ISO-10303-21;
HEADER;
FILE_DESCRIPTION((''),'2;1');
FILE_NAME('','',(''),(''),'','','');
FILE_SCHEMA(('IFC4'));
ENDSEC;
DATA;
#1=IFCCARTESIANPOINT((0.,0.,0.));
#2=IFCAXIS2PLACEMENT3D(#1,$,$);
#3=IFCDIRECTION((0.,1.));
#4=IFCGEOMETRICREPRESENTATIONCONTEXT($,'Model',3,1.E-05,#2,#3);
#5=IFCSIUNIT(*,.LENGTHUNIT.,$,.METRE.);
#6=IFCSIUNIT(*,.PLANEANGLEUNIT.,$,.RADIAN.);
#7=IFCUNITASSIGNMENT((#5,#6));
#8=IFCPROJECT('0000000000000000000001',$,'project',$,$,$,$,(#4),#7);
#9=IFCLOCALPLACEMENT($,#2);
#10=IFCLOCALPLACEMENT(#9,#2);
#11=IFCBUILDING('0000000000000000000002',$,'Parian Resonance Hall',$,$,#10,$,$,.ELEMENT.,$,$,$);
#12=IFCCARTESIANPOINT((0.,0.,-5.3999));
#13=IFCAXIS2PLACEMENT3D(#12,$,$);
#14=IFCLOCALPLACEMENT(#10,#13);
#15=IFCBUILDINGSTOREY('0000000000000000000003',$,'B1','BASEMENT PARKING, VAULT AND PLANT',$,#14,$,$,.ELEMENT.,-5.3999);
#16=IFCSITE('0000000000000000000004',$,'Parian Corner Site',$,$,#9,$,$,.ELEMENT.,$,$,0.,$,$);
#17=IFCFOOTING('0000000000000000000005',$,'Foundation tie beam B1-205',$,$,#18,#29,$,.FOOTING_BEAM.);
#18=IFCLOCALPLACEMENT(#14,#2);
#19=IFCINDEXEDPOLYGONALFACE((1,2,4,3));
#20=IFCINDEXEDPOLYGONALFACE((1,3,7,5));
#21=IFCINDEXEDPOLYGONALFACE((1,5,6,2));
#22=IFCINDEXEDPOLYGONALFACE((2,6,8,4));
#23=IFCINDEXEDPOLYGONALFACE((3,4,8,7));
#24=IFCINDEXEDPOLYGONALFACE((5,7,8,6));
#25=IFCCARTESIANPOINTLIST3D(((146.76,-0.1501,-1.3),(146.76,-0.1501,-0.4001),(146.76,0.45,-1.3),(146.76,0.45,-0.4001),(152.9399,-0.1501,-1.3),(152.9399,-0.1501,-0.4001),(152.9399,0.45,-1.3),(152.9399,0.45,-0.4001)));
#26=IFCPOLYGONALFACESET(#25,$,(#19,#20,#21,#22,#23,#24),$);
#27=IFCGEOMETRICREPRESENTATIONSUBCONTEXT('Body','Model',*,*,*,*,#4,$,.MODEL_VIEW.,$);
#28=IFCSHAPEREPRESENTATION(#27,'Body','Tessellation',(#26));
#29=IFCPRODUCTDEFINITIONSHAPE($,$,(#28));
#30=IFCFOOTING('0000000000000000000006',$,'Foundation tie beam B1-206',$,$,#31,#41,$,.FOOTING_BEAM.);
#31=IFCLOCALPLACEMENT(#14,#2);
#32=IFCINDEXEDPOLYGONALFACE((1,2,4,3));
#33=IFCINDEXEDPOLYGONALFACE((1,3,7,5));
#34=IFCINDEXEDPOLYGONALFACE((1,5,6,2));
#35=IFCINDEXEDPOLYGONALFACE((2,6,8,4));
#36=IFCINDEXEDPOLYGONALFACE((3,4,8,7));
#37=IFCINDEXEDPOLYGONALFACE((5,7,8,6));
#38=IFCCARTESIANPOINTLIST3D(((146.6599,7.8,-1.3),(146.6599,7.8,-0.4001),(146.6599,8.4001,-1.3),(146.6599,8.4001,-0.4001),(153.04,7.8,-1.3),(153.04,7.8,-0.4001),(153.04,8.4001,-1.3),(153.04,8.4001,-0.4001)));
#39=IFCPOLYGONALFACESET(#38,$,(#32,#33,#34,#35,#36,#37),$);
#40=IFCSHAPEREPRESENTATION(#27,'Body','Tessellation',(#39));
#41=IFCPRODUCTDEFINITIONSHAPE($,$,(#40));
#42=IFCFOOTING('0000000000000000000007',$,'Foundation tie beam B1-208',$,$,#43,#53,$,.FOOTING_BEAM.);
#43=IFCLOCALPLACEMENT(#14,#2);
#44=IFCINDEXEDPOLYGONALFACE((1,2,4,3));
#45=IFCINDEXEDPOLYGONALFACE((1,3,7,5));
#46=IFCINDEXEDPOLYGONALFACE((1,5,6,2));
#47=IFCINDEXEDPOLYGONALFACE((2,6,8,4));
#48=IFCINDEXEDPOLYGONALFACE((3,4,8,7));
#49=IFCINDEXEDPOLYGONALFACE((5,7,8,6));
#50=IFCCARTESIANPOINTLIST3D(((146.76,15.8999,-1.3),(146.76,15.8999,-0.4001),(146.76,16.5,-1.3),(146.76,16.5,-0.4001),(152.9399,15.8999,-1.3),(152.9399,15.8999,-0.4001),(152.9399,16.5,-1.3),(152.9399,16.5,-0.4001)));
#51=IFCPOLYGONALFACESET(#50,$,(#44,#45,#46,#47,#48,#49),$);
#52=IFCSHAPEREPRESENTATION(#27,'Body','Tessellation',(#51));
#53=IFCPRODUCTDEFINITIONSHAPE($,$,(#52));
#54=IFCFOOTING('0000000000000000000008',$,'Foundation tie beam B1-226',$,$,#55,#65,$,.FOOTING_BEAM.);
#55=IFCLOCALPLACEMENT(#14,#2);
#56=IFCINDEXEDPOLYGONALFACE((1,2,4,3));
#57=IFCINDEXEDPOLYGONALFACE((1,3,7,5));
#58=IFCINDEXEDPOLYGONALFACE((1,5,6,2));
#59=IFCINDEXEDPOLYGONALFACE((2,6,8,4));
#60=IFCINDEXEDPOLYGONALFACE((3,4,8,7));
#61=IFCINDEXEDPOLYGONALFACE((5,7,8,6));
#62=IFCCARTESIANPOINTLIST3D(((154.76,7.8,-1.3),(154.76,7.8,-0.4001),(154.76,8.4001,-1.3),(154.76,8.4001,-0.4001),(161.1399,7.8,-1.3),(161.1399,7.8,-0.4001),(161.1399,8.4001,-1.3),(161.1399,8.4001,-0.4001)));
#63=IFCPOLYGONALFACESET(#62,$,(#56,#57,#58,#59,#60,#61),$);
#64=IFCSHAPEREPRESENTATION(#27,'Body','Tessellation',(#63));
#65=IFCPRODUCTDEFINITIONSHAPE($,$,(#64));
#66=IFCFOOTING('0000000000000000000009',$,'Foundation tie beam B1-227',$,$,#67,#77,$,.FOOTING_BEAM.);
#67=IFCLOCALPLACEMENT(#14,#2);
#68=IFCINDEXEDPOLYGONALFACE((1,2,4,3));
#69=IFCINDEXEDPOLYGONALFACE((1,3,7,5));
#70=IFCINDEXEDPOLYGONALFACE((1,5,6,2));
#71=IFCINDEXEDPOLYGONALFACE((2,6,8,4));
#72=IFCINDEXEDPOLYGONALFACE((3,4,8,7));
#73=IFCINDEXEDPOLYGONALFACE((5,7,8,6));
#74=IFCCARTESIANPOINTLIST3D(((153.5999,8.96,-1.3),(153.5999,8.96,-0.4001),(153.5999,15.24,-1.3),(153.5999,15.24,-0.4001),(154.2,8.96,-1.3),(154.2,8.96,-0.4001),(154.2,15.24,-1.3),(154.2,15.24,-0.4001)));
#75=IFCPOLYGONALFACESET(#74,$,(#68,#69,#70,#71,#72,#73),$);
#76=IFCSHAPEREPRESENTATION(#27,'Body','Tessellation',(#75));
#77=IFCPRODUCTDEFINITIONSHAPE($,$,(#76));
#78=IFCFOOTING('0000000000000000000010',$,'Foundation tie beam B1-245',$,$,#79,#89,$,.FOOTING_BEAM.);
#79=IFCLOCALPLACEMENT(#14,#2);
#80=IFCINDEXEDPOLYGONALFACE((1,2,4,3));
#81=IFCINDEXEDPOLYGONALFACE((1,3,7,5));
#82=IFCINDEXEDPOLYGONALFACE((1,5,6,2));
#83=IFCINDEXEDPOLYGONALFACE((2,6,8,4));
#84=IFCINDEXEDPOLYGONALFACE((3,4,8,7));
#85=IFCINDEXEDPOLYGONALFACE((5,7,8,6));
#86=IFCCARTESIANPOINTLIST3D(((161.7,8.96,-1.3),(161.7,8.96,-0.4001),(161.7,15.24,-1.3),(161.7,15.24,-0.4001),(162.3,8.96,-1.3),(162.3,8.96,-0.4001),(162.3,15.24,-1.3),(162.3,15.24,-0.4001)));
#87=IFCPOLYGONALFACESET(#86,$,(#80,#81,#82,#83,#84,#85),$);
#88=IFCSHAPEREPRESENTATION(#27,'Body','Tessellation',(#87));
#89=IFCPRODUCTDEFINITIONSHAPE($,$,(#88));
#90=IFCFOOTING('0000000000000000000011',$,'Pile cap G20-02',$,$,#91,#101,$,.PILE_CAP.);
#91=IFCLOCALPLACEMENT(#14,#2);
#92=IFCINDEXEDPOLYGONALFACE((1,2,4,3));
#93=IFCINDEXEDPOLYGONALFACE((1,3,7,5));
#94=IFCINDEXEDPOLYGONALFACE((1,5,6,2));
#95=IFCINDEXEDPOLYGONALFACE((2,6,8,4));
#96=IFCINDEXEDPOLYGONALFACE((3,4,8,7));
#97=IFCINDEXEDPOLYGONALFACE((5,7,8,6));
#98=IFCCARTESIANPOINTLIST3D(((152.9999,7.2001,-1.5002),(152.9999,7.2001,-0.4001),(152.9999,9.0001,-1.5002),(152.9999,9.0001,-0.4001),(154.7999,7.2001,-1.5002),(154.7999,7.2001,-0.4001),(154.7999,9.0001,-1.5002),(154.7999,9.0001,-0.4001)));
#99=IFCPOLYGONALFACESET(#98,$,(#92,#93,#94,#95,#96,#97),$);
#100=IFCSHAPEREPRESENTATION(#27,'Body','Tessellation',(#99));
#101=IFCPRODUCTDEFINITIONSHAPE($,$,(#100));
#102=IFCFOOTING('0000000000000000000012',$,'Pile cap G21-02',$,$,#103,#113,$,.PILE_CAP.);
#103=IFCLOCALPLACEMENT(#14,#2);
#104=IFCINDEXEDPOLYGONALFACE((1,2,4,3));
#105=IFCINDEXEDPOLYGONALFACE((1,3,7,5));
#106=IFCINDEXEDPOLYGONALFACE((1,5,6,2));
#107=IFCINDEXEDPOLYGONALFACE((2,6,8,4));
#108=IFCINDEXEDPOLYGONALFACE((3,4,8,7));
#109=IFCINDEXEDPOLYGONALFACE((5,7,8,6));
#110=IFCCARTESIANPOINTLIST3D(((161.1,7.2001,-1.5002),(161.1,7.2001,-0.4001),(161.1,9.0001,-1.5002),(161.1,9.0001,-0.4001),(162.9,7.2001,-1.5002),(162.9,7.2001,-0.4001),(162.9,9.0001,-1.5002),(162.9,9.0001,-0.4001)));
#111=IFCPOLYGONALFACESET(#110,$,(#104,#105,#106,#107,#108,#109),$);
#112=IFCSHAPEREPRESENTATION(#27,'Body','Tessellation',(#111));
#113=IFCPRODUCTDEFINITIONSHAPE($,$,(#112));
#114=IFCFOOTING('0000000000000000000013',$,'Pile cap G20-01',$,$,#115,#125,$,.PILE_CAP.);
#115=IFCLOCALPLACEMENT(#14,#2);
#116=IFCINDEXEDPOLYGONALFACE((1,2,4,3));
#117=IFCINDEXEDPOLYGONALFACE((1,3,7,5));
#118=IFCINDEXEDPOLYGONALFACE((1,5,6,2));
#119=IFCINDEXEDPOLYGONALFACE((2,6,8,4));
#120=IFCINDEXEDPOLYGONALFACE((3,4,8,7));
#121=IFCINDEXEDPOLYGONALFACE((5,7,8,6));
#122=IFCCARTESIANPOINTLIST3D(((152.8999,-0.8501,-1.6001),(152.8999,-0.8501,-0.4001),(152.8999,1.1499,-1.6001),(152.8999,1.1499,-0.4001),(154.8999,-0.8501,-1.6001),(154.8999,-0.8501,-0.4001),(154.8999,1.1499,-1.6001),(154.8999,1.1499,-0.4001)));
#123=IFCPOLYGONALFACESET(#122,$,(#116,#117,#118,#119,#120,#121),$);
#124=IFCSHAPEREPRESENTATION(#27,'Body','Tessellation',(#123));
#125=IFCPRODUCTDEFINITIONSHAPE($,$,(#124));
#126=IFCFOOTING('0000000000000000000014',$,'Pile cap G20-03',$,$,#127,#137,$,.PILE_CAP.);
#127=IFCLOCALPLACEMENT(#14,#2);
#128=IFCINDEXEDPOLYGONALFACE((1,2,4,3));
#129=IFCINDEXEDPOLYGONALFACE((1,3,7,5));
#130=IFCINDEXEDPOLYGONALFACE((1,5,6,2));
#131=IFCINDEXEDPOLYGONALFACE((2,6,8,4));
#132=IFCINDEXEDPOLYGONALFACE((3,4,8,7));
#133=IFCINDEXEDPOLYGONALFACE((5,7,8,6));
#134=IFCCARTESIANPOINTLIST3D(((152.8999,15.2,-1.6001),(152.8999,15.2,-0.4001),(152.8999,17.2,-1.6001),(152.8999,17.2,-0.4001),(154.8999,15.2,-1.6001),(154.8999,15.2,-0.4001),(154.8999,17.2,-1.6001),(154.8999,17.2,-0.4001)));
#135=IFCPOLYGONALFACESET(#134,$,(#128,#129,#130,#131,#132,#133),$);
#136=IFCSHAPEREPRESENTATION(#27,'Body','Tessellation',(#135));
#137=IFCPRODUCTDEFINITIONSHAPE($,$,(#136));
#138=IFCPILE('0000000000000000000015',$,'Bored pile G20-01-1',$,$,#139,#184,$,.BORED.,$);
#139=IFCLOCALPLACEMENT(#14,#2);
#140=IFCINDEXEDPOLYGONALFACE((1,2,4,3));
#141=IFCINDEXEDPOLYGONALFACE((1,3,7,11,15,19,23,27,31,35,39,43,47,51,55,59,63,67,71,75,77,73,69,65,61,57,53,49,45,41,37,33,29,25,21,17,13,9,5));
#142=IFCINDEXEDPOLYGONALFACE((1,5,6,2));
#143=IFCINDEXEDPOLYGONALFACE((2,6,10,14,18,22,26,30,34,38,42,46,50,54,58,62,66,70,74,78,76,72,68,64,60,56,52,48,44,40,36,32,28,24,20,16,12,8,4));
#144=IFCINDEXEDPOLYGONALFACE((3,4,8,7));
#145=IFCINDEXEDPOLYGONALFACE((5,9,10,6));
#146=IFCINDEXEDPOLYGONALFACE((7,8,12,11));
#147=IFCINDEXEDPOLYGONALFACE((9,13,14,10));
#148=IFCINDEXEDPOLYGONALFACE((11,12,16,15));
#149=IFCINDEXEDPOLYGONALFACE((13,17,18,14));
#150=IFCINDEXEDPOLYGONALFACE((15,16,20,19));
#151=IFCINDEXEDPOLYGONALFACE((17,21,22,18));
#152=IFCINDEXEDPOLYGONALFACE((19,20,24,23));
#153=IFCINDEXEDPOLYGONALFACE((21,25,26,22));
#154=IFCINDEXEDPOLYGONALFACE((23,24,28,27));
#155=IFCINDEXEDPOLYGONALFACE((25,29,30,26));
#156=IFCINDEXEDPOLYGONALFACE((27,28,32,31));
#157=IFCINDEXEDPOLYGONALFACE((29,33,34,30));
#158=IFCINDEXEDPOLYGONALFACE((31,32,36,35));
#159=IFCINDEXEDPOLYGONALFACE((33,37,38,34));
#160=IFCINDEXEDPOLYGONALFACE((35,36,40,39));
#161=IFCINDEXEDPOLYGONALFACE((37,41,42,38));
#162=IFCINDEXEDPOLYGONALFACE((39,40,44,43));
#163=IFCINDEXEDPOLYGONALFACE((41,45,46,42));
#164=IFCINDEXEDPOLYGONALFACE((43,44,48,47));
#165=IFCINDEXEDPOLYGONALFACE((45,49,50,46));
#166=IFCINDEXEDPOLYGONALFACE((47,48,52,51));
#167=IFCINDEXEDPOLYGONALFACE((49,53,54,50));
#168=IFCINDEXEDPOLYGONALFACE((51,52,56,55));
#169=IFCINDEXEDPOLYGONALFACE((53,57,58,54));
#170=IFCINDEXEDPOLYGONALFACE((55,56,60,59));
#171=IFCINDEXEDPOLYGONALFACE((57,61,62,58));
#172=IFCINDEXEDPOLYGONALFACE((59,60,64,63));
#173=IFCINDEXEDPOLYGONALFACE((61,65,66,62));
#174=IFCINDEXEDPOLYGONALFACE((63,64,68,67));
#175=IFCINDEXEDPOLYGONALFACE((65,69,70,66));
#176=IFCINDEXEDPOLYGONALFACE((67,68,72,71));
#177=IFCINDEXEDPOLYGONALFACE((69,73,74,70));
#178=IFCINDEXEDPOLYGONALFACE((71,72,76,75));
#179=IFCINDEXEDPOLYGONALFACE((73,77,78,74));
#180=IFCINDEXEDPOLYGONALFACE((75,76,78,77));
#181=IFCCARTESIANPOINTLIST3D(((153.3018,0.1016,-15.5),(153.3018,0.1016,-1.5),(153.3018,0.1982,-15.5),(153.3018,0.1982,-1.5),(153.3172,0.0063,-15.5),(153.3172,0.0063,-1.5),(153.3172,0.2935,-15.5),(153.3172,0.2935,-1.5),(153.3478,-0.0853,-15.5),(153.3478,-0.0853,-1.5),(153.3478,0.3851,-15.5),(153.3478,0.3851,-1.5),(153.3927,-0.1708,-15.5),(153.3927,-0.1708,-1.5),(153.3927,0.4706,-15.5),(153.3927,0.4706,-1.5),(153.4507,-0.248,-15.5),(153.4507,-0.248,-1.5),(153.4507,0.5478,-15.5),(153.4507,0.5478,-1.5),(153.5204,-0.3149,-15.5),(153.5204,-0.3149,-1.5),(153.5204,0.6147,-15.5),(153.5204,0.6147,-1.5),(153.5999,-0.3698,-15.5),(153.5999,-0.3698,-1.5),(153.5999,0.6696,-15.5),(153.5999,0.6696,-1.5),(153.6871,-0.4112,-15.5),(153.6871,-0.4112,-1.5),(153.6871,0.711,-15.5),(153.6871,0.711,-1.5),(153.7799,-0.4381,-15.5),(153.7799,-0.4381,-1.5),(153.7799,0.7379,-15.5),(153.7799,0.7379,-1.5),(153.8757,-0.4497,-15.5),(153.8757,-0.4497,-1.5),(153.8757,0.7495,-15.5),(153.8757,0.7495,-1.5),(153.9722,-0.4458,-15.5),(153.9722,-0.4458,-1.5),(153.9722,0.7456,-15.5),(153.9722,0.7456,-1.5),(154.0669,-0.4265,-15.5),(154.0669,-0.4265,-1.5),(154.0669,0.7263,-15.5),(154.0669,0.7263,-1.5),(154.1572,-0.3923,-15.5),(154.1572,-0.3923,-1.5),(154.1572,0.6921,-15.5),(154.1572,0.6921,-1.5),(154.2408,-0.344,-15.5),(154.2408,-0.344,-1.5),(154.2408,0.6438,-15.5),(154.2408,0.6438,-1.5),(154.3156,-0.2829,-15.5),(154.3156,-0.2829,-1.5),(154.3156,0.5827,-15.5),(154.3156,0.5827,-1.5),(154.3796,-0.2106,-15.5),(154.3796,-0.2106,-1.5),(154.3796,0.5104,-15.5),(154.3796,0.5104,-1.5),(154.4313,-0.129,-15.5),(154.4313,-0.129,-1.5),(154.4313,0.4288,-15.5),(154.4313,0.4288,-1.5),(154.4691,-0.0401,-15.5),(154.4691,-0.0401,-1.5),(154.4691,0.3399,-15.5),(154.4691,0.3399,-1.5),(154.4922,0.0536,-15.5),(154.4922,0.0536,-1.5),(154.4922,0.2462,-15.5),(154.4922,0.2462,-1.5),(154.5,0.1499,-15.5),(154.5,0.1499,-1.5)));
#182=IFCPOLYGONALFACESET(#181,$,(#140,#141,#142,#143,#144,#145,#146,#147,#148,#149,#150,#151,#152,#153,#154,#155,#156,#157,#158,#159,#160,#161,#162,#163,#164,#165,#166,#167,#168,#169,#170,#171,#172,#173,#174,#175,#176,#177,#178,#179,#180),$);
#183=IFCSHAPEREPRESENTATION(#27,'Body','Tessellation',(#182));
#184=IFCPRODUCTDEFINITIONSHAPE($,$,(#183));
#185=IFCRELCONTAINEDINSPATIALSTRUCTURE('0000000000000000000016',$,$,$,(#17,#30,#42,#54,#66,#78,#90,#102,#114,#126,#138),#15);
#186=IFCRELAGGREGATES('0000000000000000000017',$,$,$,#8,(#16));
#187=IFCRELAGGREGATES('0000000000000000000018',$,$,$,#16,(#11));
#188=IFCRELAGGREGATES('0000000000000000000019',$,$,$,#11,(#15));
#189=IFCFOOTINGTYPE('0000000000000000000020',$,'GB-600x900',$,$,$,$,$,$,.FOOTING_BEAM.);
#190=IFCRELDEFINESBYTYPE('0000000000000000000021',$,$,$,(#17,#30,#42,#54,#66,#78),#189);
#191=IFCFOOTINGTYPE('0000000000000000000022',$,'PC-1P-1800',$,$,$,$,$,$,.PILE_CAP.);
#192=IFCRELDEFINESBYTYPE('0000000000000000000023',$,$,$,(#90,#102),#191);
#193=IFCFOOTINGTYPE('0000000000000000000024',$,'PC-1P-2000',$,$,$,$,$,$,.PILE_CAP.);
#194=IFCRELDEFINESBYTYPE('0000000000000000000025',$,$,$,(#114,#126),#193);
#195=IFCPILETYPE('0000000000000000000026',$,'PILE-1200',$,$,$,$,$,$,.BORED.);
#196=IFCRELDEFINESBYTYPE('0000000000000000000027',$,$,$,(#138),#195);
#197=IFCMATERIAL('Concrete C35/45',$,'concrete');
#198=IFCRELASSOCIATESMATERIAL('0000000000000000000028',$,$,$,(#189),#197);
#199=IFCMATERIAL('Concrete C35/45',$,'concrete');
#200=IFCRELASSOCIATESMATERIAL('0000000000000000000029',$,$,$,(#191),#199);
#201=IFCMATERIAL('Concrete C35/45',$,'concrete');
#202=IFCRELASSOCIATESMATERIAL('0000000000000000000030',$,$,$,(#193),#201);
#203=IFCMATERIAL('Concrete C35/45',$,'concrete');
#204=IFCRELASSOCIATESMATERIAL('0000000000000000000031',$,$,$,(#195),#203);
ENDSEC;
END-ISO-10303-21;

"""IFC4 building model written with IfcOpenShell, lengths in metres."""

from ifc_helpers import new_model, si_unit, direction, frame, origin, origin_2d, place, context, subcontext, project, spatial, rectangle, circle, extrude, material, material_profile, profile_set, type_object, element, save


model = new_model("IFC4")

# Units and contexts
model_context = context("Model", 3, precision=1e-05, world=origin(), true_north=direction((0.0, 1.0)))
body_context = subcontext(model_context, "Body", "Model", "MODEL_VIEW")
ifc_project = project(units=[si_unit("LENGTHUNIT", "METRE"), si_unit("PLANEANGLEUNIT", "RADIAN")], contexts=[model_context])

# Site, building, storey
site_placement = place(None, origin())
site = spatial("IfcSite", under=ifc_project, at=site_placement, Name="Parian Corner Site", CompositionType="ELEMENT", RefElevation=0.0)
building_placement = place(site_placement, origin())
building = spatial("IfcBuilding", under=site, at=building_placement, Name="Parian Resonance Hall", CompositionType="ELEMENT")
storey_placement = place(building_placement, frame((0.0, 0.0, -5.3999)))
storey = spatial("IfcBuildingStorey", under=building, at=storey_placement, Name="B1", Description="BASEMENT PARKING, VAULT AND PLANT", CompositionType="ELEMENT", Elevation=-5.3999)

# Footings
ifc_material_1 = material(Name="Concrete C35/45", Category="concrete")
ifc_material_profile_1 = material_profile(ifc_material_1, rectangle(XDim=0.6001, YDim=0.8999, at=origin_2d()), Name="RC-GB-600x900")
ifc_profile_set_1 = profile_set([ifc_material_profile_1], Name="Concrete C35/45")
footing_type_1 = type_object("IfcFootingType", Name="GB-600x900", PredefinedType="FOOTING_BEAM", material=ifc_profile_set_1)
footing_1_placement = place(storey_placement, frame((146.76, 0.1499, -0.8501), z_axis=(1.0, 0.0, 0.0), x_axis=(0.0, 1.0, 0.0)))
element("IfcFooting", 1, at=footing_1_placement, inside=storey, type_object=footing_type_1, Name="Foundation tie beam B1-205", PredefinedType="FOOTING_BEAM", context=body_context, shape_type="SweptSolid", body=[
    extrude(rectangle(XDim=0.6001, YDim=0.8999, at=origin_2d()), origin(), (0.0, 0.0, 1.0), 6.1799),
])
footing_2_placement = place(storey_placement, frame((146.6599, 8.1001, -0.8501), z_axis=(1.0, 0.0, 0.0), x_axis=(0.0, 1.0, 0.0)))
element("IfcFooting", 2, at=footing_2_placement, inside=storey, type_object=footing_type_1, Name="Foundation tie beam B1-206", PredefinedType="FOOTING_BEAM", context=body_context, shape_type="SweptSolid", body=[
    extrude(rectangle(XDim=0.6001, YDim=0.8999, at=origin_2d()), origin(), (0.0, 0.0, 1.0), 6.3801),
])
footing_3_placement = place(storey_placement, frame((146.76, 16.2, -0.8501), z_axis=(1.0, 0.0, 0.0), x_axis=(0.0, 1.0, 0.0)))
element("IfcFooting", 3, at=footing_3_placement, inside=storey, type_object=footing_type_1, Name="Foundation tie beam B1-208", PredefinedType="FOOTING_BEAM", context=body_context, shape_type="SweptSolid", body=[
    extrude(rectangle(XDim=0.6001, YDim=0.8999, at=origin_2d()), origin(), (0.0, 0.0, 1.0), 6.1799),
])
footing_4_placement = place(storey_placement, frame((154.76, 8.1001, -0.8501), z_axis=(1.0, 0.0, 0.0), x_axis=(0.0, 1.0, 0.0)))
element("IfcFooting", 4, at=footing_4_placement, inside=storey, type_object=footing_type_1, Name="Foundation tie beam B1-226", PredefinedType="FOOTING_BEAM", context=body_context, shape_type="SweptSolid", body=[
    extrude(rectangle(XDim=0.6001, YDim=0.8999, at=origin_2d()), origin(), (0.0, 0.0, 1.0), 6.3799),
])
for number, where, z_axis, x_axis, name in (
    (5, (153.8999, 8.96, -0.8501), (0.0, 1.0, 0.0), (-1.0, 0.0, 0.0), "Foundation tie beam B1-227"),
    (6, (162.0, 8.96, -0.8501), (0.0, 1.0, 0.0), (-1.0, 0.0, 0.0), "Foundation tie beam B1-245"),
):
    element("IfcFooting", number, at=place(storey_placement, frame(where, z_axis=z_axis, x_axis=x_axis)), inside=storey, type_object=footing_type_1, Name=name, PredefinedType="FOOTING_BEAM", context=body_context, shape_type="SweptSolid", body=[
        extrude(rectangle(XDim=0.6001, YDim=0.8999, at=origin_2d()), origin(), (0.0, 0.0, 1.0), 6.28),
    ])
ifc_material_2 = material(Name="Concrete C35/45", Category="concrete")
footing_type_2 = type_object("IfcFootingType", Name="PC-1P-1800", PredefinedType="PILE_CAP", material=ifc_material_2)
for number, where, z_axis, x_axis, name in (
    (7, (153.8999, 8.1001, -1.5002), (0.0, 0.0, 1.0), (1.0, 0.0, 0.0), "Pile cap G20-02"),
    (8, (162.0, 8.1001, -1.5002), (0.0, 0.0, 1.0), (1.0, 0.0, 0.0), "Pile cap G21-02"),
):
    element("IfcFooting", number, at=place(storey_placement, frame(where, z_axis=z_axis, x_axis=x_axis)), inside=storey, type_object=footing_type_2, Name=name, PredefinedType="PILE_CAP", context=body_context, shape_type="SweptSolid", body=[
        extrude(rectangle(XDim=1.8, YDim=1.8, at=origin_2d()), origin(), (0.0, 0.0, 1.0), 1.1001),
    ])
ifc_material_3 = material(Name="Concrete C35/45", Category="concrete")
footing_type_3 = type_object("IfcFootingType", Name="PC-1P-2000", PredefinedType="PILE_CAP", material=ifc_material_3)
for number, where, z_axis, x_axis, name in (
    (9, (153.8999, 0.1499, -1.6001), (0.0, 0.0, 1.0), (1.0, 0.0, 0.0), "Pile cap G20-01"),
    (10, (153.8999, 16.2, -1.6001), (0.0, 0.0, 1.0), (1.0, 0.0, 0.0), "Pile cap G20-03"),
):
    element("IfcFooting", number, at=place(storey_placement, frame(where, z_axis=z_axis, x_axis=x_axis)), inside=storey, type_object=footing_type_3, Name=name, PredefinedType="PILE_CAP", context=body_context, shape_type="SweptSolid", body=[
        extrude(rectangle(XDim=2.0, YDim=2.0, at=origin_2d()), origin(), (0.0, 0.0, 1.0), 1.2),
    ])

# Pile
ifc_material_4 = material(Name="Concrete C35/45", Category="concrete")
ifc_material_profile_2 = material_profile(ifc_material_4, circle(Radius=0.6001, at=origin_2d()), Name="PILE-D1200")
ifc_profile_set_2 = profile_set([ifc_material_profile_2], Name="Concrete C35/45")
pile_type_1 = type_object("IfcPileType", Name="PILE-1200", PredefinedType="BORED", material=ifc_profile_set_2)
for number, where, z_axis, x_axis, name in (
    (11, (153.8999, 0.1499, -1.5), (0.0, 0.0, -1.0), (1.0, 0.0, 0.0), "Bored pile G20-01-1"),
):
    element("IfcPile", number, at=place(storey_placement, frame(where, z_axis=z_axis, x_axis=x_axis)), inside=storey, type_object=pile_type_1, Name=name, PredefinedType="BORED", context=body_context, shape_type="SweptSolid", body=[
        extrude(circle(Radius=0.6001, at=origin_2d()), origin(), (0.0, 0.0, 1.0), 14.0),
    ])

save(model, "model.ifc")
